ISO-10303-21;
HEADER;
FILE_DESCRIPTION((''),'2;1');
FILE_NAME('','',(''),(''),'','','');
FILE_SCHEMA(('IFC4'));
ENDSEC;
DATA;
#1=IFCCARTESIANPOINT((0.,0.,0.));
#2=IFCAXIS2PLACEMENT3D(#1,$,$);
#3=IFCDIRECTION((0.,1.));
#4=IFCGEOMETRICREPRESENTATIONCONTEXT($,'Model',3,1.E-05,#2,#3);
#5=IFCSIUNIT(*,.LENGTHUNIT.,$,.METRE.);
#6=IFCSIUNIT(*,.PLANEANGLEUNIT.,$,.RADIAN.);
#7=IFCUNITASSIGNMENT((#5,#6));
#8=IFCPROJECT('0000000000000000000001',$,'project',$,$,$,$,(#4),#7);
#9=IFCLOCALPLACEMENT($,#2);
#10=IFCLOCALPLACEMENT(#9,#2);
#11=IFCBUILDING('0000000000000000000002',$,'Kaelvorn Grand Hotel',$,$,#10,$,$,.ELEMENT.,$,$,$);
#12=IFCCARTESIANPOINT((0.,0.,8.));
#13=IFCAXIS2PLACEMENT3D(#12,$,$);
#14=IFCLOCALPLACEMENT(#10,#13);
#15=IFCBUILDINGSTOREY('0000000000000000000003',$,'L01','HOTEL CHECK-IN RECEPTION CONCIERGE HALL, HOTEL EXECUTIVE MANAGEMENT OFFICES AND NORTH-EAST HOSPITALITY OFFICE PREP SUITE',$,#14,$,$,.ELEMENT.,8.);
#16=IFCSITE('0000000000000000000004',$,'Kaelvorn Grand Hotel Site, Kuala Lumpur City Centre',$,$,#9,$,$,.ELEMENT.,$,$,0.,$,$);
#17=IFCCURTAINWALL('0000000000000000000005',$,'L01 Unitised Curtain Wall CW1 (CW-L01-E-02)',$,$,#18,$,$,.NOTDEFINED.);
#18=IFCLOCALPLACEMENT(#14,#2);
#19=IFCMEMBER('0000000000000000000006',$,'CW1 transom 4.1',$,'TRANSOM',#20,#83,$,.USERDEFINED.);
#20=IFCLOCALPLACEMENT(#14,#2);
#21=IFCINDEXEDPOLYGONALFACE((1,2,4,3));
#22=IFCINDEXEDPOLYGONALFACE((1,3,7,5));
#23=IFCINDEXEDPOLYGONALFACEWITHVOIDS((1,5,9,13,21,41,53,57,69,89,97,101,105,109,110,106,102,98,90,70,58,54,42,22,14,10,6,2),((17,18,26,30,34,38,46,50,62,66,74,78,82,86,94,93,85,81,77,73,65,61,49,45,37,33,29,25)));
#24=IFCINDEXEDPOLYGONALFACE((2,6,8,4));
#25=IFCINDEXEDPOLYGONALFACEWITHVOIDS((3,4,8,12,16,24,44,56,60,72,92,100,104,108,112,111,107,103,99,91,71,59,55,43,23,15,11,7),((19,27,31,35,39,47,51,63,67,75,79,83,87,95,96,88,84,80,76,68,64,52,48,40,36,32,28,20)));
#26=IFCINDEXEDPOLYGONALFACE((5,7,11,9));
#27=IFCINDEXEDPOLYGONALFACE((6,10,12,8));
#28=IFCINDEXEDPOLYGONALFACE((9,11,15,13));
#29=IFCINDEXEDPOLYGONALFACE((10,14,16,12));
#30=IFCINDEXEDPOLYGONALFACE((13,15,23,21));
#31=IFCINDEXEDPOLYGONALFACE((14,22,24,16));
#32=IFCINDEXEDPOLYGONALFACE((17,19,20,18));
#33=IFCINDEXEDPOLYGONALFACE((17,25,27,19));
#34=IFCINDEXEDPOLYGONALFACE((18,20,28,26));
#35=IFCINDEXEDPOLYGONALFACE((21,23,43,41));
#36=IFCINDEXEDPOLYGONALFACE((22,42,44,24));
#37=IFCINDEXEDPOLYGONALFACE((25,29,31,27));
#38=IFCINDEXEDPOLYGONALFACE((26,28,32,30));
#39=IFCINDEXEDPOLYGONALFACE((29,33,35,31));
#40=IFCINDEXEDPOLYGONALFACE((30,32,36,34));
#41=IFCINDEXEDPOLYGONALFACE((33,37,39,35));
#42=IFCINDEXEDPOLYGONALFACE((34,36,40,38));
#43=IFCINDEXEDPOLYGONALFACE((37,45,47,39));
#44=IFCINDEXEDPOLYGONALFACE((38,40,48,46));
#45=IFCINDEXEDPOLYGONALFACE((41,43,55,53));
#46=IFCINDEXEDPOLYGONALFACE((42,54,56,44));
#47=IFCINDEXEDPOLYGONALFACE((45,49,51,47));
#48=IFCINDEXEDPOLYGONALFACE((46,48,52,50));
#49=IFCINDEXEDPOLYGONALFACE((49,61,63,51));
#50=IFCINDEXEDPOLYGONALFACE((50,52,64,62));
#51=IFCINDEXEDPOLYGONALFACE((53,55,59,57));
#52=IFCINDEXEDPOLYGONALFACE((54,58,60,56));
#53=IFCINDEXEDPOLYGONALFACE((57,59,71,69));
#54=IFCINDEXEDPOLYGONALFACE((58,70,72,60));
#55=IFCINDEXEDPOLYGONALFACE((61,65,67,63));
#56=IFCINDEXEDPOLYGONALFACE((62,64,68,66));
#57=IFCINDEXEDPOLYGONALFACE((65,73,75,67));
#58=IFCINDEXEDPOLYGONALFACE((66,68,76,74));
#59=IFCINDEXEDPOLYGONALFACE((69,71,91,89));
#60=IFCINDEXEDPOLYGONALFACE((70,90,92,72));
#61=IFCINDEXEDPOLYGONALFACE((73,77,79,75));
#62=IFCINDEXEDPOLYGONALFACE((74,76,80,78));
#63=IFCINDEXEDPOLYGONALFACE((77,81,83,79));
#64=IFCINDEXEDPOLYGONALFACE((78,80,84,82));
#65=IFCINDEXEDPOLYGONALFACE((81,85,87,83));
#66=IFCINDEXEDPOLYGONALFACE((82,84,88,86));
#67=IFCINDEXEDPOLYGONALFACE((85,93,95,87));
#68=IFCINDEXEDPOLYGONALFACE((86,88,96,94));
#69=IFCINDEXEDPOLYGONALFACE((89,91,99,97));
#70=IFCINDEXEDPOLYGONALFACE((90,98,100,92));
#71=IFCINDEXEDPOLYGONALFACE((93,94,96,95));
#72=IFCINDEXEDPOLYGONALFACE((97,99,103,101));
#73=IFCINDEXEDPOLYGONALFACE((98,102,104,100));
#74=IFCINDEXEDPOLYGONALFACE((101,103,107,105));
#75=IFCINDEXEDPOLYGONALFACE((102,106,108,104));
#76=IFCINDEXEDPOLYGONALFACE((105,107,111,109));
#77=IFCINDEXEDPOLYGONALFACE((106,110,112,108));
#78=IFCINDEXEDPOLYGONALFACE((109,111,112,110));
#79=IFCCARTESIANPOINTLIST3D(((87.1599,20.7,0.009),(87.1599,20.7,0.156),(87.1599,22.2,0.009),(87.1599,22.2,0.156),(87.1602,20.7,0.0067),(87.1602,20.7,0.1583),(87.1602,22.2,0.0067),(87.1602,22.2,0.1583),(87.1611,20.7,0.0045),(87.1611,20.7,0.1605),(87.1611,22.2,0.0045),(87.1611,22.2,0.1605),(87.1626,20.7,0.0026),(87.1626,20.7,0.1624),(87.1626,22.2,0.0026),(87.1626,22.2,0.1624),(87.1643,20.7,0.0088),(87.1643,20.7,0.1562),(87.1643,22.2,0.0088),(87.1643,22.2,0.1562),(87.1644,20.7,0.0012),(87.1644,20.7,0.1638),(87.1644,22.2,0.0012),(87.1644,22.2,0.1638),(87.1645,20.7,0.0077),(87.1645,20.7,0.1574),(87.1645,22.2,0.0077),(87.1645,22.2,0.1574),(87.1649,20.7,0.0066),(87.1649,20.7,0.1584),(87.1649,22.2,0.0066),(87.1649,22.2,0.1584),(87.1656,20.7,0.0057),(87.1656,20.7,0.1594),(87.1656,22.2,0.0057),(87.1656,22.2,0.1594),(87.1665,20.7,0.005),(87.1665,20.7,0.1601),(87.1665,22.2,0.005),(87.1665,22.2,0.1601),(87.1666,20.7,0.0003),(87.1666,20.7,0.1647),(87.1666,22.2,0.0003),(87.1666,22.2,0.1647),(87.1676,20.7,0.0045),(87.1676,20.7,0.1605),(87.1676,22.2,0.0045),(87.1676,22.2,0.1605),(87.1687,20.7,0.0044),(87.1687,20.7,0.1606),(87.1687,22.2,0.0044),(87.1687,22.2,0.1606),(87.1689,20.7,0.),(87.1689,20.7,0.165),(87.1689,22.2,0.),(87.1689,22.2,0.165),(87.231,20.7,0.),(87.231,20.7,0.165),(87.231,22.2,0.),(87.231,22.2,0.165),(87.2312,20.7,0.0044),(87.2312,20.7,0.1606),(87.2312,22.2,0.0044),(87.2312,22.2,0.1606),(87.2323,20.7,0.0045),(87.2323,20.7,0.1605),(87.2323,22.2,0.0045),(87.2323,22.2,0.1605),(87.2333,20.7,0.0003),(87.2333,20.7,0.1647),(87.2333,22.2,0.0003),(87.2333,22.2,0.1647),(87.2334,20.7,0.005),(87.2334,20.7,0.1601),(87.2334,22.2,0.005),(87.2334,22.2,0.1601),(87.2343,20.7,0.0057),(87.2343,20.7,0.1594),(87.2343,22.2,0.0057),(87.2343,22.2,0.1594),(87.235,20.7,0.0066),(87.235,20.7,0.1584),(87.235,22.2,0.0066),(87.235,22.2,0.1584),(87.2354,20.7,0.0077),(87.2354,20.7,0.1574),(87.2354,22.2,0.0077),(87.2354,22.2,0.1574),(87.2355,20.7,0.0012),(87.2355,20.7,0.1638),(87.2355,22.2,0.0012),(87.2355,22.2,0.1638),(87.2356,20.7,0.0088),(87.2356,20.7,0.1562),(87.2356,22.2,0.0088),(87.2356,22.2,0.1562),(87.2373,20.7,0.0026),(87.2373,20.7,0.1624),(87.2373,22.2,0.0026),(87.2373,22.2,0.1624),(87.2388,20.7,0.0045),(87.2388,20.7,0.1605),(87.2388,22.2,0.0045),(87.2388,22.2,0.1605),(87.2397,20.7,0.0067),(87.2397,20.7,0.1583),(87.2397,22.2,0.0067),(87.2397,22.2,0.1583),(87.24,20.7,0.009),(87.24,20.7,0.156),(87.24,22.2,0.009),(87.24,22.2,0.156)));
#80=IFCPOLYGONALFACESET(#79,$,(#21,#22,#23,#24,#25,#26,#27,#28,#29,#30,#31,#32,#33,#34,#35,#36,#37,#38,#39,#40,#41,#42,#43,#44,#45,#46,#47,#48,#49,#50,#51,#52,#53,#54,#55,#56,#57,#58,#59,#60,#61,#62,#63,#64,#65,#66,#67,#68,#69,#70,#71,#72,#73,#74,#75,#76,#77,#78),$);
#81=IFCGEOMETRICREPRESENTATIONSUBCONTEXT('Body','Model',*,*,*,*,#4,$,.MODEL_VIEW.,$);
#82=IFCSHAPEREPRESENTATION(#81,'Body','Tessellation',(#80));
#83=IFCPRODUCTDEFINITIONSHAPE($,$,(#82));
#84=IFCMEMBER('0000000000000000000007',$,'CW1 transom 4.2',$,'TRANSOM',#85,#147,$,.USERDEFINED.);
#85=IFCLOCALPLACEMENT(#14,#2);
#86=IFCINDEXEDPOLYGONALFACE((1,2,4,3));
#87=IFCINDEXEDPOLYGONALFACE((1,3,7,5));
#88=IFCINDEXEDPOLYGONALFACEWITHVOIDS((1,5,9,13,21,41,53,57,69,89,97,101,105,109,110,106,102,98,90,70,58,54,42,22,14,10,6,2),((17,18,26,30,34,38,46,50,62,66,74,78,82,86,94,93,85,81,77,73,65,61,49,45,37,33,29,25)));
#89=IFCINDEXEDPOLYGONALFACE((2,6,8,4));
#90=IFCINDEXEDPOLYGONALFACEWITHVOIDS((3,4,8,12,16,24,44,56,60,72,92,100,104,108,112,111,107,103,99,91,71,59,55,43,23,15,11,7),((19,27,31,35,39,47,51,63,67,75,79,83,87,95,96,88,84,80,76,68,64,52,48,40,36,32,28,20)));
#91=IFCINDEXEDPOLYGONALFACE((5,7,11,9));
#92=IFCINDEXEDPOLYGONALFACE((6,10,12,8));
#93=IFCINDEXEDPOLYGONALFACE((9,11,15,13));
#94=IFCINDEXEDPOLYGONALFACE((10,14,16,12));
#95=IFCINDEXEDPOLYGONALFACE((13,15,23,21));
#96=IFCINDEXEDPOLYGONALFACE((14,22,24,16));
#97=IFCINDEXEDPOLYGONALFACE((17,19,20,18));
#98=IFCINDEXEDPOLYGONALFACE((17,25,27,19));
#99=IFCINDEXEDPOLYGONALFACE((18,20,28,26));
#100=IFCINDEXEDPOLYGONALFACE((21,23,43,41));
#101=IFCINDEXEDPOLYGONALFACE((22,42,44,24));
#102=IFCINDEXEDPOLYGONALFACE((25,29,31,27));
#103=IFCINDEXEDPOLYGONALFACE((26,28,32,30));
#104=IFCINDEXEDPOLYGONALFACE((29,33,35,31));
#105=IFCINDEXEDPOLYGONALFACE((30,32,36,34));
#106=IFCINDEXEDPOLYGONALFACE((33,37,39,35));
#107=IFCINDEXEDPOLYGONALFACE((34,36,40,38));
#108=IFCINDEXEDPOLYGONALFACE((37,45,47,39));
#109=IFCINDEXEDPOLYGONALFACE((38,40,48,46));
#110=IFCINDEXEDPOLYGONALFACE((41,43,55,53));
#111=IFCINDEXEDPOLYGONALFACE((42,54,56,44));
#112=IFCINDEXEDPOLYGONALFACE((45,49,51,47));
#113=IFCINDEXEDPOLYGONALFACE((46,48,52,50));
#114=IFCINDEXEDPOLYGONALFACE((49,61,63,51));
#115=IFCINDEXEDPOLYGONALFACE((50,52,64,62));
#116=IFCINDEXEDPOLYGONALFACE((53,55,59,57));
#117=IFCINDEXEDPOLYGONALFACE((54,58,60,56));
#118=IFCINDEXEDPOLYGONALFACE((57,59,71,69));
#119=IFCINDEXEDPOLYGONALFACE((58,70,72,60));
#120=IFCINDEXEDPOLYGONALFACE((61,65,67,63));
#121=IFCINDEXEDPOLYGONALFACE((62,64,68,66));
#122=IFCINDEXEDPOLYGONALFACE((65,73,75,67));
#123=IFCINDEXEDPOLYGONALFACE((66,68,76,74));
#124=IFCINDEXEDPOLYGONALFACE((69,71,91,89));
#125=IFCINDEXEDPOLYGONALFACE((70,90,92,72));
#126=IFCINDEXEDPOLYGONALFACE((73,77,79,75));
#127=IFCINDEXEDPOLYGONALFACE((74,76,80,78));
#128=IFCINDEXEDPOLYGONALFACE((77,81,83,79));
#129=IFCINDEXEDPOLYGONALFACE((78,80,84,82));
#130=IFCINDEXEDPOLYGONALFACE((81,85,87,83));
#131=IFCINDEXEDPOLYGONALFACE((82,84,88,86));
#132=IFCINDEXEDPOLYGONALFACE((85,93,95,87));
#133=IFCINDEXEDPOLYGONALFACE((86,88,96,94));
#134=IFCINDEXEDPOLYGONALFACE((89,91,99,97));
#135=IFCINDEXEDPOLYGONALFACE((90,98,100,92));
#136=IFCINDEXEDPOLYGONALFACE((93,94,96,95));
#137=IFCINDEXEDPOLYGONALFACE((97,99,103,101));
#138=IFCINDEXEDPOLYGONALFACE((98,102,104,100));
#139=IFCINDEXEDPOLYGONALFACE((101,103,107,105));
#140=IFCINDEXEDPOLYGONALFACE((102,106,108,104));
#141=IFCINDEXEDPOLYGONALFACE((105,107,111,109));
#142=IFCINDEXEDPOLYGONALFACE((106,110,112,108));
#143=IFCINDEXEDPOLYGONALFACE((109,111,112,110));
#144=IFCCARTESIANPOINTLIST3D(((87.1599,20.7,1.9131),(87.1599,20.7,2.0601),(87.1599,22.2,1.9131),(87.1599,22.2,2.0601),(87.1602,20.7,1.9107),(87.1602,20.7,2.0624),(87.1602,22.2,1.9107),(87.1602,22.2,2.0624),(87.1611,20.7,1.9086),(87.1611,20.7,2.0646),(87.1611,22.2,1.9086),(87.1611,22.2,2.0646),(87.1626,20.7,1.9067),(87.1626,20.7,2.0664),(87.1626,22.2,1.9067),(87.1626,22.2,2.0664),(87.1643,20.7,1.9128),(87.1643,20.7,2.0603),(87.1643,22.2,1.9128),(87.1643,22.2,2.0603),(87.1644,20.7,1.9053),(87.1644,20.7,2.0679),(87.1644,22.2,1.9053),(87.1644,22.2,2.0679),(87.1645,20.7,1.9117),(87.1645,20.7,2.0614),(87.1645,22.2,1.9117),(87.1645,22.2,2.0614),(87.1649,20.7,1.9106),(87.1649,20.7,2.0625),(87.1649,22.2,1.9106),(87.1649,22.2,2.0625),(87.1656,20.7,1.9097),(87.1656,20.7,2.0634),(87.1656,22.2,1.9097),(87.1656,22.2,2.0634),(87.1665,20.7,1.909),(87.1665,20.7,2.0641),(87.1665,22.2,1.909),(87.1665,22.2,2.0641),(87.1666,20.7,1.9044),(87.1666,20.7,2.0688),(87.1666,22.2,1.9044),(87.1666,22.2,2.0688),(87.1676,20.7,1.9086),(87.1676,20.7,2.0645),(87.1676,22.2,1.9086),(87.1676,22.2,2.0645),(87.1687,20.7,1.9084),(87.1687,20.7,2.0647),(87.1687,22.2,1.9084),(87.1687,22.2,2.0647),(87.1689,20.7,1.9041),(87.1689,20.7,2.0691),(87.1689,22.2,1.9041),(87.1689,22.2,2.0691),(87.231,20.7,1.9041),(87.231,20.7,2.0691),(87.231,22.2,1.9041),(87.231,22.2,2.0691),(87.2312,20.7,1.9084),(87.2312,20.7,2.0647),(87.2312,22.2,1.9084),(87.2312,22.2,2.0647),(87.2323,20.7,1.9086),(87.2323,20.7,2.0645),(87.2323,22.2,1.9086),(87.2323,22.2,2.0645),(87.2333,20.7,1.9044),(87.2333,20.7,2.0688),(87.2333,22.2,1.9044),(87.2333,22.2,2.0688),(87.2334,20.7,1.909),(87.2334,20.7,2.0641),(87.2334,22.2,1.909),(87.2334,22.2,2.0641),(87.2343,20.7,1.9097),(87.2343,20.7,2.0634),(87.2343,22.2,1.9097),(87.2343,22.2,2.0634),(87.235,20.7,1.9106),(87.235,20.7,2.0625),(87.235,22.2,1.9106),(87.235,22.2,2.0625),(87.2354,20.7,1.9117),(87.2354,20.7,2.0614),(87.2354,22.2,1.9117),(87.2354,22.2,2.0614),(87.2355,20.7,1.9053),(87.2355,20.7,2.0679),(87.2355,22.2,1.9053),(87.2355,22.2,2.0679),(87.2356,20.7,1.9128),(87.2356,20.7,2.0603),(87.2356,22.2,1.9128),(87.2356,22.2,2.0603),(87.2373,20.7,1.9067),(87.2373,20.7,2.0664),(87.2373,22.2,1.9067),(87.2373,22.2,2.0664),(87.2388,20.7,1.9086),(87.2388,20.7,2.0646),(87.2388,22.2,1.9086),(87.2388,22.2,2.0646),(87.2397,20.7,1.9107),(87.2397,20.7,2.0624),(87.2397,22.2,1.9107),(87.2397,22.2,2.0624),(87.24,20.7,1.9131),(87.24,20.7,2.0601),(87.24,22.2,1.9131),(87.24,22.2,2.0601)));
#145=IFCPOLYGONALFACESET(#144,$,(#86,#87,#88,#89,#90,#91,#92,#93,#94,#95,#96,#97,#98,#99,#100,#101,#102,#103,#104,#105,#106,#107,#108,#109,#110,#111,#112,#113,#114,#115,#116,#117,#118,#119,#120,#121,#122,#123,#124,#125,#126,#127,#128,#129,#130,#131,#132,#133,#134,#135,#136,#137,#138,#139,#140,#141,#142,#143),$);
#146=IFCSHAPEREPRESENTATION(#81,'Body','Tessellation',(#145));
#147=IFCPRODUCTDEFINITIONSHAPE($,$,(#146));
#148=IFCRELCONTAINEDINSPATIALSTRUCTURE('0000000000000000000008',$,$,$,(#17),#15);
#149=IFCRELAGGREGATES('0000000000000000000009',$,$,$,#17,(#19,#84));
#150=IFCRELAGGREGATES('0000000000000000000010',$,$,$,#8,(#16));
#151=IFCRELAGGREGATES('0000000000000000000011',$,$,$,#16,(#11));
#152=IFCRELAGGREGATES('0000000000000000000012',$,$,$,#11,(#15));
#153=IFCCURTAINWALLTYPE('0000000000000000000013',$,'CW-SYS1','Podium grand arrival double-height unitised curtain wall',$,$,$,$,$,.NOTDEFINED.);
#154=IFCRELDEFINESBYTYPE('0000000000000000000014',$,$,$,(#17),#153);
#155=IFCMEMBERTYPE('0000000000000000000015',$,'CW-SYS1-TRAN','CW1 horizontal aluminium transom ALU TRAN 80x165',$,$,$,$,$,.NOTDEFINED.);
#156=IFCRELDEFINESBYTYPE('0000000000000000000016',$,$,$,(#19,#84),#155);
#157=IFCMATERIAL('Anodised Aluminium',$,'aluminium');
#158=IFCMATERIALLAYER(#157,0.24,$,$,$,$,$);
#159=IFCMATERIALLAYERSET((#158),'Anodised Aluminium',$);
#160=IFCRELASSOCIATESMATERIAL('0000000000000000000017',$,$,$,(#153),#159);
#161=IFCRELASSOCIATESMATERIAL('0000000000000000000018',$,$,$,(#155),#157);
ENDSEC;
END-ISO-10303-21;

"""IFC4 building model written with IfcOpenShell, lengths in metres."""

from ifc_helpers import new_model, si_unit, direction, frame, origin, origin_2d, place, context, subcontext, project, spatial, hollow_rectangle, extrude, material, layer, layer_set, material_profile, profile_set, type_object, element, aggregate, save


model = new_model("IFC4")

# Units and contexts
model_context = context("Model", 3, precision=1e-05, world=origin(), true_north=direction((0.0, 1.0)))
body_context = subcontext(model_context, "Body", "Model", "MODEL_VIEW")
ifc_project = project(units=[si_unit("LENGTHUNIT", "METRE"), si_unit("PLANEANGLEUNIT", "RADIAN")], contexts=[model_context])

# Site, building, storey
site_placement = place(None, origin())
site = spatial("IfcSite", under=ifc_project, at=site_placement, Name="Kaelvorn Grand Hotel Site, Kuala Lumpur City Centre", CompositionType="ELEMENT", RefElevation=0.0)
building_placement = place(site_placement, origin())
building = spatial("IfcBuilding", under=site, at=building_placement, Name="Kaelvorn Grand Hotel", CompositionType="ELEMENT")
storey_placement = place(building_placement, frame((0.0, 0.0, 8.0)))
storey = spatial("IfcBuildingStorey", under=building, at=storey_placement, Name="L01", Description="HOTEL CHECK-IN RECEPTION CONCIERGE HALL, HOTEL EXECUTIVE MANAGEMENT OFFICES AND NORTH-EAST HOSPITALITY OFFICE PREP SUITE", CompositionType="ELEMENT", Elevation=8.0)

# Curtain wall, members
ifc_material_1 = material(Name="Anodised Aluminium", Category="aluminium")
ifc_layer_1 = layer(ifc_material_1, 0.24)
ifc_layer_set_1 = layer_set([ifc_layer_1], Name="Anodised Aluminium")
curtain_wall_type = type_object("IfcCurtainWallType", Name="CW-SYS1", Description="Podium grand arrival double-height unitised curtain wall", PredefinedType="NOTDEFINED", material=ifc_layer_set_1)
curtain_wall_placement = place(storey_placement, origin())
curtain_wall = element("IfcCurtainWall", 1, at=curtain_wall_placement, inside=storey, type_object=curtain_wall_type, Name="L01 Unitised Curtain Wall CW1 (CW-L01-E-02)", PredefinedType="NOTDEFINED")
ifc_material_profile_1 = material_profile(ifc_material_1, hollow_rectangle(XDim=0.0801, YDim=0.165, WallThickness=0.0044, InnerFilletRadius=0.0044, OuterFilletRadius=0.009, at=origin_2d()), Name="ALU TRAN 80x165")
ifc_profile_set_1 = profile_set([ifc_material_profile_1], Name="Anodised Aluminium")
member_type_1 = type_object("IfcMemberType", Name="CW-SYS1-TRAN", Description="CW1 horizontal aluminium transom ALU TRAN 80x165", PredefinedType="NOTDEFINED", material=ifc_profile_set_1)
member_1_placement = place(storey_placement, frame((87.2, 20.7, 0.0825), z_axis=(0.0, 1.0, 0.0), x_axis=(-1.0, 0.0, 0.0)))
member_1 = element("IfcMember", 2, at=member_1_placement, type_object=member_type_1, Name="CW1 transom 4.1", ObjectType="TRANSOM", PredefinedType="USERDEFINED", context=body_context, shape_type="SweptSolid", body=[
    extrude(hollow_rectangle(XDim=0.0801, YDim=0.165, WallThickness=0.0044, InnerFilletRadius=0.0044, OuterFilletRadius=0.009, at=origin_2d()), origin(), (0.0, 0.0, 1.0), 1.5),
])
member_2_placement = place(storey_placement, frame((87.2, 20.7, 1.9866), z_axis=(0.0, 1.0, 0.0), x_axis=(-1.0, 0.0, 0.0)))
member_2 = element("IfcMember", 3, at=member_2_placement, type_object=member_type_1, Name="CW1 transom 4.2", ObjectType="TRANSOM", PredefinedType="USERDEFINED", context=body_context, shape_type="SweptSolid", body=[
    extrude(hollow_rectangle(XDim=0.0801, YDim=0.165, WallThickness=0.0044, InnerFilletRadius=0.0044, OuterFilletRadius=0.009, at=origin_2d()), origin(), (0.0, 0.0, 1.0), 1.5),
])
aggregate(curtain_wall, [member_1, member_2])

save(model, "model.ifc")
